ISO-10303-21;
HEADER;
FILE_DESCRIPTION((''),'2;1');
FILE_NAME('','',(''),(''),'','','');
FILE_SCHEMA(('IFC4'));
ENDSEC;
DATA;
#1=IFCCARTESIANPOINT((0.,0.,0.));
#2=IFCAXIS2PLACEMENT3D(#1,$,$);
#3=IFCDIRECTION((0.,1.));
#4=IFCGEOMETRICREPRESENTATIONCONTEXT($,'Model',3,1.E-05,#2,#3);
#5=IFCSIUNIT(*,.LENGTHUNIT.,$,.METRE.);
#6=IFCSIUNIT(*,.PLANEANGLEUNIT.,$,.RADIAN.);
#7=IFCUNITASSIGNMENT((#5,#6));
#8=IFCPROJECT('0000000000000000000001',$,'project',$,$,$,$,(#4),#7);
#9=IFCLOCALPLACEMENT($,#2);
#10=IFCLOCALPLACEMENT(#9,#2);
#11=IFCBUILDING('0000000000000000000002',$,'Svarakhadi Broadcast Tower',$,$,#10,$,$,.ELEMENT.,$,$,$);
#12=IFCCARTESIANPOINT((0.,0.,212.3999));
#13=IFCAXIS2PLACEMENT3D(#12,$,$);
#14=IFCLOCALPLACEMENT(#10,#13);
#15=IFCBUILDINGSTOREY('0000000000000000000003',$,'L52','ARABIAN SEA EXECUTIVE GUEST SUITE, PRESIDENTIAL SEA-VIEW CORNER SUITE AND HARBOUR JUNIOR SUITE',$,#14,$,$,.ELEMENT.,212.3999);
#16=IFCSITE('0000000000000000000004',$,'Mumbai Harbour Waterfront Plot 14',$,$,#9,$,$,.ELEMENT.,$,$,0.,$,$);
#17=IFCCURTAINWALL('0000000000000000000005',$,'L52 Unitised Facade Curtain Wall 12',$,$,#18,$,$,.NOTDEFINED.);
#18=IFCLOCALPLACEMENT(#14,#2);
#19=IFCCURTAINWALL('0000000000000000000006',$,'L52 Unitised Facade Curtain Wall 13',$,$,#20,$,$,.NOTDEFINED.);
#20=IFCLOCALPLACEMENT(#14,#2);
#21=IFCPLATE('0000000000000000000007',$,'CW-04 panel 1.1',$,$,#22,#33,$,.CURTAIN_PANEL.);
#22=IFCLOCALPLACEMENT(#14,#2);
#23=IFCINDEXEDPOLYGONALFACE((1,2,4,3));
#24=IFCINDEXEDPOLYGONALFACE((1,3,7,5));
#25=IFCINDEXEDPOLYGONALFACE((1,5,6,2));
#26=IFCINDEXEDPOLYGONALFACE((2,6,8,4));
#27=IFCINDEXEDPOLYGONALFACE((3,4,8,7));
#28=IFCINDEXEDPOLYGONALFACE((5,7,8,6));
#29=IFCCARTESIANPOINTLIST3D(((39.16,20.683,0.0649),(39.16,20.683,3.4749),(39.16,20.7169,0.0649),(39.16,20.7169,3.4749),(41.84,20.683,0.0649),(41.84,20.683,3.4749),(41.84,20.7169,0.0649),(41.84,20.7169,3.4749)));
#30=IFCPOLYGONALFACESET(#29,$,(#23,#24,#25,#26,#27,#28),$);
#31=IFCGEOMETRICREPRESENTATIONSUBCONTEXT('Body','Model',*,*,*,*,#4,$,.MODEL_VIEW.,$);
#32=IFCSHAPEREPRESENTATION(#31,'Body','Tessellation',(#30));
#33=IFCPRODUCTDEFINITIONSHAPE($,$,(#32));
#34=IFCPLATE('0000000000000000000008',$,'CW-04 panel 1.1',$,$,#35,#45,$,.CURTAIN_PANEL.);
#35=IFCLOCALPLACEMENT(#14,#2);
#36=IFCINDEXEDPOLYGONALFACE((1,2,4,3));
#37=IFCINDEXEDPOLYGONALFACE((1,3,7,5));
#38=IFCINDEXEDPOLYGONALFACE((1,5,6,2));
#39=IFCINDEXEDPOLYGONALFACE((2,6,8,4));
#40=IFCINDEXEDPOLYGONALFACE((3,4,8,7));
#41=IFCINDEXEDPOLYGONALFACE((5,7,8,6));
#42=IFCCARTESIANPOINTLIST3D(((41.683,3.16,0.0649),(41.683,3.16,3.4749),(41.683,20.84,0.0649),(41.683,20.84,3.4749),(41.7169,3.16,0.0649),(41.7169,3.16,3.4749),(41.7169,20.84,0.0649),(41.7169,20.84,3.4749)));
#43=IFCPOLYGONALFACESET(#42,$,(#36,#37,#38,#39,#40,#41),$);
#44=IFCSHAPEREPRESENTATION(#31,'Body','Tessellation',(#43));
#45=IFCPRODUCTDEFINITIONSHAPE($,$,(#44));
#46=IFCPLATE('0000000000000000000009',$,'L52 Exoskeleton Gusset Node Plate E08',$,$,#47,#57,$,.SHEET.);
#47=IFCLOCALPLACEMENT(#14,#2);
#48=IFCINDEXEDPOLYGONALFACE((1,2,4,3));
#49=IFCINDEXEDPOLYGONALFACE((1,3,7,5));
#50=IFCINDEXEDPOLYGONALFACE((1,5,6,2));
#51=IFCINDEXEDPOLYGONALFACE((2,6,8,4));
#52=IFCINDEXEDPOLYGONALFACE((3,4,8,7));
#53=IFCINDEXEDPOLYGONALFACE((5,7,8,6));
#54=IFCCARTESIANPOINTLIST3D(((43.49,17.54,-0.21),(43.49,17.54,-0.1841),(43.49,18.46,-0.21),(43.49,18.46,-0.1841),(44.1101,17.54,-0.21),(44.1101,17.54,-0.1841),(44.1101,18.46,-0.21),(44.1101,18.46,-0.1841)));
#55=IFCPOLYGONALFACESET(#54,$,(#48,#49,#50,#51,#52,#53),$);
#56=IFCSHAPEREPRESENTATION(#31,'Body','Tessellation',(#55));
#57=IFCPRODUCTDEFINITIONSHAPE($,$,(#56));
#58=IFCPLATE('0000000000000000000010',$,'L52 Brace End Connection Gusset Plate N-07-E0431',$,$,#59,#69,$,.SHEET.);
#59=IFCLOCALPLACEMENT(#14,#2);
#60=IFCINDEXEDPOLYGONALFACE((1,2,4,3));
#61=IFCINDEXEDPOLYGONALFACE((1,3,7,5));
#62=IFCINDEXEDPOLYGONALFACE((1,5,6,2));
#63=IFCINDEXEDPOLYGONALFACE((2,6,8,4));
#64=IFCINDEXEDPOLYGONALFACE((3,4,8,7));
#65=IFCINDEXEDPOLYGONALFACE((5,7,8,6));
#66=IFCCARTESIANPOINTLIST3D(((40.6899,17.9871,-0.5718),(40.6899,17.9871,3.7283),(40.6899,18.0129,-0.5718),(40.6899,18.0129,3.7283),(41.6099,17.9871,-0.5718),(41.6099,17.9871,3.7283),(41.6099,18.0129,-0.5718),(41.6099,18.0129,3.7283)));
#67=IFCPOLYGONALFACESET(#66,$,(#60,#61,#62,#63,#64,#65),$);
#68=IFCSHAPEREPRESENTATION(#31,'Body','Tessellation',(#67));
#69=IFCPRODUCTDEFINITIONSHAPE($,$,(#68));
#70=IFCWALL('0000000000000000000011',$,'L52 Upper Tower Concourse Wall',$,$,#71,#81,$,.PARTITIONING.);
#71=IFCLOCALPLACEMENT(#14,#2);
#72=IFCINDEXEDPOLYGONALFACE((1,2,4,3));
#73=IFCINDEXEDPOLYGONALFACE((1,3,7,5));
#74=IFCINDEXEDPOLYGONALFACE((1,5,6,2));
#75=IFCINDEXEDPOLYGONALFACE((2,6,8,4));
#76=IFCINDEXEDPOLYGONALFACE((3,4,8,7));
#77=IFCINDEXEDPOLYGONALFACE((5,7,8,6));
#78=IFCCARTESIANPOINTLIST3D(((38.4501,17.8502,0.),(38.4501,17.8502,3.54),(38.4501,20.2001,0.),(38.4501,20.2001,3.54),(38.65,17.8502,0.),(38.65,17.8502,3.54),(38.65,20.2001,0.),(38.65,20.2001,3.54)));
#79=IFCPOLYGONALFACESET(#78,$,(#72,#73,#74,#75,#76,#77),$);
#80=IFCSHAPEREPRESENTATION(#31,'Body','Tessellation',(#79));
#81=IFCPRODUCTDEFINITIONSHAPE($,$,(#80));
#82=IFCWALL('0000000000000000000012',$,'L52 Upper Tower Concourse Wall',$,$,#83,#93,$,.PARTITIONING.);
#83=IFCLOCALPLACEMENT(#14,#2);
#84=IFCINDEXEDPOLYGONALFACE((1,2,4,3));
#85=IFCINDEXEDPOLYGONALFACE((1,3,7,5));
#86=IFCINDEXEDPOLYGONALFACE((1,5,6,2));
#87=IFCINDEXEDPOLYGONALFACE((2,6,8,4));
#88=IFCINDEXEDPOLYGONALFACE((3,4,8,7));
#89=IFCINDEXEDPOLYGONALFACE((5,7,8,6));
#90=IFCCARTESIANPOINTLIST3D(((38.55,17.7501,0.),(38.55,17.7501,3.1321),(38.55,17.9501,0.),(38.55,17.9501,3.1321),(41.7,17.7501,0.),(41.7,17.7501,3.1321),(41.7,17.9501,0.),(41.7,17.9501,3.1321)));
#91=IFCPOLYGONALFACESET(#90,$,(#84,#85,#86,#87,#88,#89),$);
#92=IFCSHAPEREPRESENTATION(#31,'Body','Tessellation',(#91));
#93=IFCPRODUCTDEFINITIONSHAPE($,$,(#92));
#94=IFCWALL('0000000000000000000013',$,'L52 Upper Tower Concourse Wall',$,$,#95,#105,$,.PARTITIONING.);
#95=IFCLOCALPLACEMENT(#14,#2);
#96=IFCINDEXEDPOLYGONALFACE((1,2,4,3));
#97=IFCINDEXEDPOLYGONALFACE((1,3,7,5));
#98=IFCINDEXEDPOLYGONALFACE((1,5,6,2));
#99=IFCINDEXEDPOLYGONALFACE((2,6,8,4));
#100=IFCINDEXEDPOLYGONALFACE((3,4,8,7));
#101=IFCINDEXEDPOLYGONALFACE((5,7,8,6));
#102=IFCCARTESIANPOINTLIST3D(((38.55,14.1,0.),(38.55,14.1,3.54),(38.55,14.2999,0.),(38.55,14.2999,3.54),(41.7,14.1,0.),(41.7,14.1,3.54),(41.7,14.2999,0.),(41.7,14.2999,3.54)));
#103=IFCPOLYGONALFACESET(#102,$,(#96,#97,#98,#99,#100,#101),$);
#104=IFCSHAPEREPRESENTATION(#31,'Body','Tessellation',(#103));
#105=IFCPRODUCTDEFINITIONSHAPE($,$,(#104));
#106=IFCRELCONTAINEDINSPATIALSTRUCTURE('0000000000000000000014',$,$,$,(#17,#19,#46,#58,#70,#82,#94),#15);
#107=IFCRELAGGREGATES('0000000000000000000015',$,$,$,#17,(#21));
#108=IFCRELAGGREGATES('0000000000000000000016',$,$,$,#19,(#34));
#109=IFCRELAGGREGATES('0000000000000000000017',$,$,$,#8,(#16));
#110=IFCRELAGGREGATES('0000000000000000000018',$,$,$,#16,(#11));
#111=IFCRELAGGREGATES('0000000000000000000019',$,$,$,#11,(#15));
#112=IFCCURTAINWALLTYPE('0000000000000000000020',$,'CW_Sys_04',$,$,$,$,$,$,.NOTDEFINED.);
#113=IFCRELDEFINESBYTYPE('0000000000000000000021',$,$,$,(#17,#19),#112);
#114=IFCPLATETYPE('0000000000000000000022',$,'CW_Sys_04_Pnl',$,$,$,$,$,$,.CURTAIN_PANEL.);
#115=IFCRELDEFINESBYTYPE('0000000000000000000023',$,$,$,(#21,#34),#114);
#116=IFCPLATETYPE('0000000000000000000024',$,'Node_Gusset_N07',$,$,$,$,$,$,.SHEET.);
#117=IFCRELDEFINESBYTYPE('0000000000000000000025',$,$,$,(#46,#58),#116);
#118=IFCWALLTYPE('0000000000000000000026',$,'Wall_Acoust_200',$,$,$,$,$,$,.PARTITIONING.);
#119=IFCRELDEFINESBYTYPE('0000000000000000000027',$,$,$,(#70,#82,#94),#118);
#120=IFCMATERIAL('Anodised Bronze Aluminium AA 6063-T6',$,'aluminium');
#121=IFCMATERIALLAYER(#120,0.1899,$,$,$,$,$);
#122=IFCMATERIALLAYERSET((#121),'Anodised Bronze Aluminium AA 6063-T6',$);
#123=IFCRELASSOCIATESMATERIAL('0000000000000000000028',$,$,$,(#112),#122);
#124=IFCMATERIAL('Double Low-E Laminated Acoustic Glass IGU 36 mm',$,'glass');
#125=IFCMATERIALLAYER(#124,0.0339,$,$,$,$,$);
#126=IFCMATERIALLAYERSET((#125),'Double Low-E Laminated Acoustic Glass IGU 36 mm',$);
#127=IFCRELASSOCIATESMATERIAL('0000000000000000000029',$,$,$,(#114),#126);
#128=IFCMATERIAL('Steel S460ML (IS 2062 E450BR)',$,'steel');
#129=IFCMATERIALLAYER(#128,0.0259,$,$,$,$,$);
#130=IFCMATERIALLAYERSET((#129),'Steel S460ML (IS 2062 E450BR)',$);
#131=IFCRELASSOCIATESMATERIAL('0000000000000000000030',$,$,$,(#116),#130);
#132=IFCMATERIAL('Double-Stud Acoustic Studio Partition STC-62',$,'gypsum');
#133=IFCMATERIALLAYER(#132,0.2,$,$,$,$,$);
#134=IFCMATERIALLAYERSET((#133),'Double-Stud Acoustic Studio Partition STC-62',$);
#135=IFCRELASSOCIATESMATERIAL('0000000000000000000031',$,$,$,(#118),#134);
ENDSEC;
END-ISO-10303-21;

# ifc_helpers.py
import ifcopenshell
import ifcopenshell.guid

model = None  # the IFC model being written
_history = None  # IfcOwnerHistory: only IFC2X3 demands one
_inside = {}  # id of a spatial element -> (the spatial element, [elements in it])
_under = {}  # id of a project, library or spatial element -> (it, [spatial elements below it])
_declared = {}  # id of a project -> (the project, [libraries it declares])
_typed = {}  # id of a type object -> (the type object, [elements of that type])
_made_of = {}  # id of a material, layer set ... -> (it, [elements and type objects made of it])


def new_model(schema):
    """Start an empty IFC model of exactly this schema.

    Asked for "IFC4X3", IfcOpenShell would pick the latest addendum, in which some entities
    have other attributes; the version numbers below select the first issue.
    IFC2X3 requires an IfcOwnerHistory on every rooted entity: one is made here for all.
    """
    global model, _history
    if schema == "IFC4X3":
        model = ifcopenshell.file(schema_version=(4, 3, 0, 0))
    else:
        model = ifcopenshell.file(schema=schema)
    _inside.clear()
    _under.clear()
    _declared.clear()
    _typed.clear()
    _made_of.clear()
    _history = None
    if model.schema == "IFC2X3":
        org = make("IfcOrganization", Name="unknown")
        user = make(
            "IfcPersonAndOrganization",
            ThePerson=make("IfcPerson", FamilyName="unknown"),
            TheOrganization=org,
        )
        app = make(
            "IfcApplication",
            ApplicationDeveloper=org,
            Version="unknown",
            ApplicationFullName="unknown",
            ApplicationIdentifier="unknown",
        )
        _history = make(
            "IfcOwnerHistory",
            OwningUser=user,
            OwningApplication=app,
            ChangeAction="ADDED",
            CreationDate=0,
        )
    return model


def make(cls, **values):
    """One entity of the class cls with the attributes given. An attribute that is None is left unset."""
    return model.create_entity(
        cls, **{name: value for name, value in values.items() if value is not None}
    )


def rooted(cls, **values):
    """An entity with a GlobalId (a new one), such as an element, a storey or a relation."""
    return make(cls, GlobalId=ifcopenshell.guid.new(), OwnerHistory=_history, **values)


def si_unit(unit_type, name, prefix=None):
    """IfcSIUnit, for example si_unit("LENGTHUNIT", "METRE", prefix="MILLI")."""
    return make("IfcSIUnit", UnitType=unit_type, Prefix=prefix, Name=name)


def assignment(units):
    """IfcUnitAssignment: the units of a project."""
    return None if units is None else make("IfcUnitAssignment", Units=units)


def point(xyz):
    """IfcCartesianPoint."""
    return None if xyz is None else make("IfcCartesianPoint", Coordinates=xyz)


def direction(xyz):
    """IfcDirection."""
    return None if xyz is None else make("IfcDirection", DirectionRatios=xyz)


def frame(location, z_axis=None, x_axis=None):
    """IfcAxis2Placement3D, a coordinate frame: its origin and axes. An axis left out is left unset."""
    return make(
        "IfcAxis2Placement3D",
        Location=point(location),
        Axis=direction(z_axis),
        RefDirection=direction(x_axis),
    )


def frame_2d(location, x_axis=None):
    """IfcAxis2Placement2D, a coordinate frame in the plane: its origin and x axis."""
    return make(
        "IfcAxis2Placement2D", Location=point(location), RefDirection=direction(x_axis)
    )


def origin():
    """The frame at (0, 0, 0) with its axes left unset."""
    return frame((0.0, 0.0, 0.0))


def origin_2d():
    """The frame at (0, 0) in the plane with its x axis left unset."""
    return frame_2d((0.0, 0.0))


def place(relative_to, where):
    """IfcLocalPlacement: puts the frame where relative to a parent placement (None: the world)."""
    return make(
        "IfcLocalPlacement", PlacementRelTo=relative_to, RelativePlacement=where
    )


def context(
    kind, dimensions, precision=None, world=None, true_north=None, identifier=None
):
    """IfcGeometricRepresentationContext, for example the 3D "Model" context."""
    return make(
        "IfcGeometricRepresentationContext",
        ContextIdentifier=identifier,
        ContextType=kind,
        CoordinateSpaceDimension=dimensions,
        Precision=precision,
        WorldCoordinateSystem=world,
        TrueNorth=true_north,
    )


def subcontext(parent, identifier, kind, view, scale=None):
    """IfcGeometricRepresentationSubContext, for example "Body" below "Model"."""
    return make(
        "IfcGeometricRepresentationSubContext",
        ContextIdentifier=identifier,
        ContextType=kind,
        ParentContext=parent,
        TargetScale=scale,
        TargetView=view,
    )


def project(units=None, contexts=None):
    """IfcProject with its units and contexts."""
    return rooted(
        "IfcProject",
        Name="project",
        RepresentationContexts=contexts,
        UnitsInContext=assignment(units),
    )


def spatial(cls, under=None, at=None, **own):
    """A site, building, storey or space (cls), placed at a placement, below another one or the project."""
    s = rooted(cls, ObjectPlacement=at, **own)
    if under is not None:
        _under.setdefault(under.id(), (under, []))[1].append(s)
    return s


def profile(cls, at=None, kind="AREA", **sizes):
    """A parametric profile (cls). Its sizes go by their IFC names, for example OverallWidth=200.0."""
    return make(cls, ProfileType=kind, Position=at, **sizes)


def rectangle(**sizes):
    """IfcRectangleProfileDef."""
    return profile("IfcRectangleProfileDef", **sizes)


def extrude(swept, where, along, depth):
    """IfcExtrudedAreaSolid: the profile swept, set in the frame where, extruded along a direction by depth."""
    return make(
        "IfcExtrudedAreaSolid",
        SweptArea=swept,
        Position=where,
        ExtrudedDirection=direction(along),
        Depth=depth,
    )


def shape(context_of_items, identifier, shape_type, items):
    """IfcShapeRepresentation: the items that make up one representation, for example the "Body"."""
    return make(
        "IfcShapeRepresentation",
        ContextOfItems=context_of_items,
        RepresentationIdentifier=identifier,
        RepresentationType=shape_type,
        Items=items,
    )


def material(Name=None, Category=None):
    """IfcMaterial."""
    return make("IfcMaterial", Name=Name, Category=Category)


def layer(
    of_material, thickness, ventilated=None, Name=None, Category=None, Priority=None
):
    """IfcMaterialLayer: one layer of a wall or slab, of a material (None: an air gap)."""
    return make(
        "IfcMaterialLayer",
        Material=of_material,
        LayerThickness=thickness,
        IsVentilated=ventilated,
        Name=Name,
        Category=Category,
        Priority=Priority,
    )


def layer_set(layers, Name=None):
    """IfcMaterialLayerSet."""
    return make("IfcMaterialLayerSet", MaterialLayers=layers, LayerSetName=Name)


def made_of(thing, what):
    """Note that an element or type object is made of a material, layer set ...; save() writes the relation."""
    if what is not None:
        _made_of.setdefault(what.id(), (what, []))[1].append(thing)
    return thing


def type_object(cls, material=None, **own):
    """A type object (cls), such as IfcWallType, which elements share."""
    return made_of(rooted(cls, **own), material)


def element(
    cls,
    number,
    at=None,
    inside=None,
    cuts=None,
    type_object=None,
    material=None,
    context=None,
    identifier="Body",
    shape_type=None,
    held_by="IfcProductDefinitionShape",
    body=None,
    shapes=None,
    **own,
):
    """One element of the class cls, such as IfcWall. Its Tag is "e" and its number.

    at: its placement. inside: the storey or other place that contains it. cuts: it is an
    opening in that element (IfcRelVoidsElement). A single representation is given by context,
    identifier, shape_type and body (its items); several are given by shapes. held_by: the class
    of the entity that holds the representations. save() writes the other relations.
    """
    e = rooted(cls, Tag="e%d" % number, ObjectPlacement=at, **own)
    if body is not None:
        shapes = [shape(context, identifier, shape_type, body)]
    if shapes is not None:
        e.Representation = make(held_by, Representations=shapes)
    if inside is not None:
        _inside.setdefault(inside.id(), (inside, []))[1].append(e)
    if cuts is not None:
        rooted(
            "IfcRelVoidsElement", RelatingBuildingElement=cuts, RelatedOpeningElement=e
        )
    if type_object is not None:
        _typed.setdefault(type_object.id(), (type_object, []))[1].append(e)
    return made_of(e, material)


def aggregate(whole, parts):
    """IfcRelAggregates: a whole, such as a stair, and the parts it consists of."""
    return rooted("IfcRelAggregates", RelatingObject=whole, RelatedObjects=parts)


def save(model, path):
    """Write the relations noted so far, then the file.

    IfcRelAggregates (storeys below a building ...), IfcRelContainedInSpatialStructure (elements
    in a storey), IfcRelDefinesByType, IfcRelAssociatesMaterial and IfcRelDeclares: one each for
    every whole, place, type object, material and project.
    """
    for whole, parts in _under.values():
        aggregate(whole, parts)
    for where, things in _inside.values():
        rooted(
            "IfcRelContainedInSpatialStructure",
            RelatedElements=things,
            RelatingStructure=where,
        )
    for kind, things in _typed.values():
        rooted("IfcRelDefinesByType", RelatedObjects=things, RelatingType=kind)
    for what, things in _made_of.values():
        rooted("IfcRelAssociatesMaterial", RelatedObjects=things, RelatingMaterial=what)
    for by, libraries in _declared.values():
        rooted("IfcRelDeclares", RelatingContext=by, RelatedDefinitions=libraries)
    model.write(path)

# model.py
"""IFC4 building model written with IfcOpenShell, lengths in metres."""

from ifc_helpers import new_model, si_unit, direction, frame, frame_2d, origin, origin_2d, place, context, subcontext, project, spatial, rectangle, extrude, material, layer, layer_set, type_object, element, aggregate, save


model = new_model("IFC4")

# Units and contexts
model_context = context("Model", 3, precision=1e-05, world=origin(), true_north=direction((0.0, 1.0)))
body_context = subcontext(model_context, "Body", "Model", "MODEL_VIEW")
ifc_project = project(units=[si_unit("LENGTHUNIT", "METRE"), si_unit("PLANEANGLEUNIT", "RADIAN")], contexts=[model_context])

# Site, building, storey
site_placement = place(None, origin())
site = spatial("IfcSite", under=ifc_project, at=site_placement, Name="Mumbai Harbour Waterfront Plot 14", CompositionType="ELEMENT", RefElevation=0.0)
building_placement = place(site_placement, origin())
building = spatial("IfcBuilding", under=site, at=building_placement, Name="Svarakhadi Broadcast Tower", CompositionType="ELEMENT")
storey_placement = place(building_placement, frame((0.0, 0.0, 212.3999)))
storey = spatial("IfcBuildingStorey", under=building, at=storey_placement, Name="L52", Description="ARABIAN SEA EXECUTIVE GUEST SUITE, PRESIDENTIAL SEA-VIEW CORNER SUITE AND HARBOUR JUNIOR SUITE", CompositionType="ELEMENT", Elevation=212.3999)

# Shared definitions
ifc_material_1 = material(Name="Steel S460ML (IS 2062 E450BR)", Category="steel")

# Shared definitions
ifc_material_2 = material(Name="Anodised Bronze Aluminium AA 6063-T6", Category="aluminium")
ifc_layer_1 = layer(ifc_material_2, 0.1899)
ifc_layer_set_1 = layer_set([ifc_layer_1], Name="Anodised Bronze Aluminium AA 6063-T6")
curtain_wall_type = type_object("IfcCurtainWallType", Name="CW_Sys_04", PredefinedType="NOTDEFINED", material=ifc_layer_set_1)

# Curtain wall
curtain_wall_1_placement = place(storey_placement, origin())
curtain_wall_1 = element("IfcCurtainWall", 1, at=curtain_wall_1_placement, inside=storey, type_object=curtain_wall_type, Name="L52 Unitised Facade Curtain Wall 12", PredefinedType="NOTDEFINED")

# Curtain wall
curtain_wall_2_placement = place(storey_placement, origin())
curtain_wall_2 = element("IfcCurtainWall", 2, at=curtain_wall_2_placement, inside=storey, type_object=curtain_wall_type, Name="L52 Unitised Facade Curtain Wall 13", PredefinedType="NOTDEFINED")

# Plates
ifc_material_3 = material(Name="Double Low-E Laminated Acoustic Glass IGU 36 mm", Category="glass")
ifc_layer_2 = layer(ifc_material_3, 0.0339)
ifc_layer_set_2 = layer_set([ifc_layer_2], Name="Double Low-E Laminated Acoustic Glass IGU 36 mm")
plate_type_1 = type_object("IfcPlateType", Name="CW_Sys_04_Pnl", PredefinedType="CURTAIN_PANEL", material=ifc_layer_set_2)
plate_1_placement = place(storey_placement, frame((40.5, 20.7, 0.0649), z_axis=(0.0, 0.0, 1.0), x_axis=(1.0, 0.0, 0.0)))
plate_1 = element("IfcPlate", 3, at=plate_1_placement, type_object=plate_type_1, Name="CW-04 panel 1.1", PredefinedType="CURTAIN_PANEL", context=body_context, shape_type="SweptSolid", body=[
    extrude(rectangle(XDim=2.6799, YDim=0.0339, at=origin_2d()), origin(), (0.0, 0.0, 1.0), 3.4099),
])
aggregate(curtain_wall_1, [plate_1])
plate_2_placement = place(storey_placement, frame((41.7, 12.0, 0.0649), z_axis=(0.0, 0.0, 1.0), x_axis=(0.0, -1.0, 0.0)))
plate_2 = element("IfcPlate", 4, at=plate_2_placement, type_object=plate_type_1, Name="CW-04 panel 1.1", PredefinedType="CURTAIN_PANEL", context=body_context, shape_type="SweptSolid", body=[
    extrude(rectangle(XDim=17.6799, YDim=0.0339, at=origin_2d()), origin(), (0.0, 0.0, 1.0), 3.4099),
])
aggregate(curtain_wall_2, [plate_2])

# Plates
ifc_layer_3 = layer(ifc_material_1, 0.0259)
ifc_layer_set_3 = layer_set([ifc_layer_3], Name="Steel S460ML (IS 2062 E450BR)")
plate_type_2 = type_object("IfcPlateType", Name="Node_Gusset_N07", PredefinedType="SHEET", material=ifc_layer_set_3)
plate_3_placement = place(storey_placement, frame((43.8, 18.0, -0.21), z_axis=(0.0, 0.0, 1.0), x_axis=(0.0, 1.0, 0.0)))
element("IfcPlate", 5, at=plate_3_placement, inside=storey, type_object=plate_type_2, Name="L52 Exoskeleton Gusset Node Plate E08", PredefinedType="SHEET", context=body_context, shape_type="SweptSolid", body=[
    extrude(rectangle(XDim=0.9199, YDim=0.6201, at=origin_2d()), origin(), (0.0, 0.0, 1.0), 0.0259),
])
plate_4_placement = place(storey_placement, frame((41.1499, 18.0, -0.5718), z_axis=(0.0, 0.0, 1.0), x_axis=(1.0, 0.0, 0.0)))
element("IfcPlate", 6, at=plate_4_placement, inside=storey, type_object=plate_type_2, Name="L52 Brace End Connection Gusset Plate N-07-E0431", PredefinedType="SHEET", context=body_context, shape_type="SweptSolid", body=[
    extrude(rectangle(XDim=0.9199, YDim=0.0259, at=origin_2d()), origin(), (0.0, 0.0, 1.0), 4.3),
])

# Walls
ifc_material_4 = material(Name="Double-Stud Acoustic Studio Partition STC-62", Category="gypsum")
ifc_layer_4 = layer(ifc_material_4, 0.2)
ifc_layer_set_4 = layer_set([ifc_layer_4], Name="Double-Stud Acoustic Studio Partition STC-62")
wall_type = type_object("IfcWallType", Name="Wall_Acoust_200", PredefinedType="PARTITIONING", material=ifc_layer_set_4)
wall_1_placement = place(storey_placement, frame((38.55, 20.2, 0.0), z_axis=(0.0, 0.0, 1.0), x_axis=(0.0, -1.0, 0.0)))
element("IfcWall", 7, at=wall_1_placement, inside=storey, type_object=wall_type, Name="L52 Upper Tower Concourse Wall", PredefinedType="PARTITIONING", context=body_context, shape_type="SweptSolid", body=[
    extrude(rectangle(XDim=2.3499, YDim=0.2, at=frame_2d((1.1748, 0.0))), origin(), (0.0, 0.0, 1.0), 3.54),
])
wall_2_placement = place(storey_placement, frame((38.55, 17.8501, 0.0), z_axis=(0.0, 0.0, 1.0), x_axis=(1.0, 0.0, 0.0)))
element("IfcWall", 8, at=wall_2_placement, inside=storey, type_object=wall_type, Name="L52 Upper Tower Concourse Wall", PredefinedType="PARTITIONING", context=body_context, shape_type="SweptSolid", body=[
    extrude(rectangle(XDim=3.1499, YDim=0.2, at=frame_2d((1.575, 0.0))), origin(), (0.0, 0.0, 1.0), 3.1321),
])
wall_3_placement = place(storey_placement, frame((41.7, 14.2, 0.0), z_axis=(0.0, 0.0, 1.0), x_axis=(-1.0, 0.0, 0.0)))
element("IfcWall", 9, at=wall_3_placement, inside=storey, type_object=wall_type, Name="L52 Upper Tower Concourse Wall", PredefinedType="PARTITIONING", context=body_context, shape_type="SweptSolid", body=[
    extrude(rectangle(XDim=3.1499, YDim=0.2, at=frame_2d((1.575, 0.0))), origin(), (0.0, 0.0, 1.0), 3.54),
])

save(model, "model.ifc")
